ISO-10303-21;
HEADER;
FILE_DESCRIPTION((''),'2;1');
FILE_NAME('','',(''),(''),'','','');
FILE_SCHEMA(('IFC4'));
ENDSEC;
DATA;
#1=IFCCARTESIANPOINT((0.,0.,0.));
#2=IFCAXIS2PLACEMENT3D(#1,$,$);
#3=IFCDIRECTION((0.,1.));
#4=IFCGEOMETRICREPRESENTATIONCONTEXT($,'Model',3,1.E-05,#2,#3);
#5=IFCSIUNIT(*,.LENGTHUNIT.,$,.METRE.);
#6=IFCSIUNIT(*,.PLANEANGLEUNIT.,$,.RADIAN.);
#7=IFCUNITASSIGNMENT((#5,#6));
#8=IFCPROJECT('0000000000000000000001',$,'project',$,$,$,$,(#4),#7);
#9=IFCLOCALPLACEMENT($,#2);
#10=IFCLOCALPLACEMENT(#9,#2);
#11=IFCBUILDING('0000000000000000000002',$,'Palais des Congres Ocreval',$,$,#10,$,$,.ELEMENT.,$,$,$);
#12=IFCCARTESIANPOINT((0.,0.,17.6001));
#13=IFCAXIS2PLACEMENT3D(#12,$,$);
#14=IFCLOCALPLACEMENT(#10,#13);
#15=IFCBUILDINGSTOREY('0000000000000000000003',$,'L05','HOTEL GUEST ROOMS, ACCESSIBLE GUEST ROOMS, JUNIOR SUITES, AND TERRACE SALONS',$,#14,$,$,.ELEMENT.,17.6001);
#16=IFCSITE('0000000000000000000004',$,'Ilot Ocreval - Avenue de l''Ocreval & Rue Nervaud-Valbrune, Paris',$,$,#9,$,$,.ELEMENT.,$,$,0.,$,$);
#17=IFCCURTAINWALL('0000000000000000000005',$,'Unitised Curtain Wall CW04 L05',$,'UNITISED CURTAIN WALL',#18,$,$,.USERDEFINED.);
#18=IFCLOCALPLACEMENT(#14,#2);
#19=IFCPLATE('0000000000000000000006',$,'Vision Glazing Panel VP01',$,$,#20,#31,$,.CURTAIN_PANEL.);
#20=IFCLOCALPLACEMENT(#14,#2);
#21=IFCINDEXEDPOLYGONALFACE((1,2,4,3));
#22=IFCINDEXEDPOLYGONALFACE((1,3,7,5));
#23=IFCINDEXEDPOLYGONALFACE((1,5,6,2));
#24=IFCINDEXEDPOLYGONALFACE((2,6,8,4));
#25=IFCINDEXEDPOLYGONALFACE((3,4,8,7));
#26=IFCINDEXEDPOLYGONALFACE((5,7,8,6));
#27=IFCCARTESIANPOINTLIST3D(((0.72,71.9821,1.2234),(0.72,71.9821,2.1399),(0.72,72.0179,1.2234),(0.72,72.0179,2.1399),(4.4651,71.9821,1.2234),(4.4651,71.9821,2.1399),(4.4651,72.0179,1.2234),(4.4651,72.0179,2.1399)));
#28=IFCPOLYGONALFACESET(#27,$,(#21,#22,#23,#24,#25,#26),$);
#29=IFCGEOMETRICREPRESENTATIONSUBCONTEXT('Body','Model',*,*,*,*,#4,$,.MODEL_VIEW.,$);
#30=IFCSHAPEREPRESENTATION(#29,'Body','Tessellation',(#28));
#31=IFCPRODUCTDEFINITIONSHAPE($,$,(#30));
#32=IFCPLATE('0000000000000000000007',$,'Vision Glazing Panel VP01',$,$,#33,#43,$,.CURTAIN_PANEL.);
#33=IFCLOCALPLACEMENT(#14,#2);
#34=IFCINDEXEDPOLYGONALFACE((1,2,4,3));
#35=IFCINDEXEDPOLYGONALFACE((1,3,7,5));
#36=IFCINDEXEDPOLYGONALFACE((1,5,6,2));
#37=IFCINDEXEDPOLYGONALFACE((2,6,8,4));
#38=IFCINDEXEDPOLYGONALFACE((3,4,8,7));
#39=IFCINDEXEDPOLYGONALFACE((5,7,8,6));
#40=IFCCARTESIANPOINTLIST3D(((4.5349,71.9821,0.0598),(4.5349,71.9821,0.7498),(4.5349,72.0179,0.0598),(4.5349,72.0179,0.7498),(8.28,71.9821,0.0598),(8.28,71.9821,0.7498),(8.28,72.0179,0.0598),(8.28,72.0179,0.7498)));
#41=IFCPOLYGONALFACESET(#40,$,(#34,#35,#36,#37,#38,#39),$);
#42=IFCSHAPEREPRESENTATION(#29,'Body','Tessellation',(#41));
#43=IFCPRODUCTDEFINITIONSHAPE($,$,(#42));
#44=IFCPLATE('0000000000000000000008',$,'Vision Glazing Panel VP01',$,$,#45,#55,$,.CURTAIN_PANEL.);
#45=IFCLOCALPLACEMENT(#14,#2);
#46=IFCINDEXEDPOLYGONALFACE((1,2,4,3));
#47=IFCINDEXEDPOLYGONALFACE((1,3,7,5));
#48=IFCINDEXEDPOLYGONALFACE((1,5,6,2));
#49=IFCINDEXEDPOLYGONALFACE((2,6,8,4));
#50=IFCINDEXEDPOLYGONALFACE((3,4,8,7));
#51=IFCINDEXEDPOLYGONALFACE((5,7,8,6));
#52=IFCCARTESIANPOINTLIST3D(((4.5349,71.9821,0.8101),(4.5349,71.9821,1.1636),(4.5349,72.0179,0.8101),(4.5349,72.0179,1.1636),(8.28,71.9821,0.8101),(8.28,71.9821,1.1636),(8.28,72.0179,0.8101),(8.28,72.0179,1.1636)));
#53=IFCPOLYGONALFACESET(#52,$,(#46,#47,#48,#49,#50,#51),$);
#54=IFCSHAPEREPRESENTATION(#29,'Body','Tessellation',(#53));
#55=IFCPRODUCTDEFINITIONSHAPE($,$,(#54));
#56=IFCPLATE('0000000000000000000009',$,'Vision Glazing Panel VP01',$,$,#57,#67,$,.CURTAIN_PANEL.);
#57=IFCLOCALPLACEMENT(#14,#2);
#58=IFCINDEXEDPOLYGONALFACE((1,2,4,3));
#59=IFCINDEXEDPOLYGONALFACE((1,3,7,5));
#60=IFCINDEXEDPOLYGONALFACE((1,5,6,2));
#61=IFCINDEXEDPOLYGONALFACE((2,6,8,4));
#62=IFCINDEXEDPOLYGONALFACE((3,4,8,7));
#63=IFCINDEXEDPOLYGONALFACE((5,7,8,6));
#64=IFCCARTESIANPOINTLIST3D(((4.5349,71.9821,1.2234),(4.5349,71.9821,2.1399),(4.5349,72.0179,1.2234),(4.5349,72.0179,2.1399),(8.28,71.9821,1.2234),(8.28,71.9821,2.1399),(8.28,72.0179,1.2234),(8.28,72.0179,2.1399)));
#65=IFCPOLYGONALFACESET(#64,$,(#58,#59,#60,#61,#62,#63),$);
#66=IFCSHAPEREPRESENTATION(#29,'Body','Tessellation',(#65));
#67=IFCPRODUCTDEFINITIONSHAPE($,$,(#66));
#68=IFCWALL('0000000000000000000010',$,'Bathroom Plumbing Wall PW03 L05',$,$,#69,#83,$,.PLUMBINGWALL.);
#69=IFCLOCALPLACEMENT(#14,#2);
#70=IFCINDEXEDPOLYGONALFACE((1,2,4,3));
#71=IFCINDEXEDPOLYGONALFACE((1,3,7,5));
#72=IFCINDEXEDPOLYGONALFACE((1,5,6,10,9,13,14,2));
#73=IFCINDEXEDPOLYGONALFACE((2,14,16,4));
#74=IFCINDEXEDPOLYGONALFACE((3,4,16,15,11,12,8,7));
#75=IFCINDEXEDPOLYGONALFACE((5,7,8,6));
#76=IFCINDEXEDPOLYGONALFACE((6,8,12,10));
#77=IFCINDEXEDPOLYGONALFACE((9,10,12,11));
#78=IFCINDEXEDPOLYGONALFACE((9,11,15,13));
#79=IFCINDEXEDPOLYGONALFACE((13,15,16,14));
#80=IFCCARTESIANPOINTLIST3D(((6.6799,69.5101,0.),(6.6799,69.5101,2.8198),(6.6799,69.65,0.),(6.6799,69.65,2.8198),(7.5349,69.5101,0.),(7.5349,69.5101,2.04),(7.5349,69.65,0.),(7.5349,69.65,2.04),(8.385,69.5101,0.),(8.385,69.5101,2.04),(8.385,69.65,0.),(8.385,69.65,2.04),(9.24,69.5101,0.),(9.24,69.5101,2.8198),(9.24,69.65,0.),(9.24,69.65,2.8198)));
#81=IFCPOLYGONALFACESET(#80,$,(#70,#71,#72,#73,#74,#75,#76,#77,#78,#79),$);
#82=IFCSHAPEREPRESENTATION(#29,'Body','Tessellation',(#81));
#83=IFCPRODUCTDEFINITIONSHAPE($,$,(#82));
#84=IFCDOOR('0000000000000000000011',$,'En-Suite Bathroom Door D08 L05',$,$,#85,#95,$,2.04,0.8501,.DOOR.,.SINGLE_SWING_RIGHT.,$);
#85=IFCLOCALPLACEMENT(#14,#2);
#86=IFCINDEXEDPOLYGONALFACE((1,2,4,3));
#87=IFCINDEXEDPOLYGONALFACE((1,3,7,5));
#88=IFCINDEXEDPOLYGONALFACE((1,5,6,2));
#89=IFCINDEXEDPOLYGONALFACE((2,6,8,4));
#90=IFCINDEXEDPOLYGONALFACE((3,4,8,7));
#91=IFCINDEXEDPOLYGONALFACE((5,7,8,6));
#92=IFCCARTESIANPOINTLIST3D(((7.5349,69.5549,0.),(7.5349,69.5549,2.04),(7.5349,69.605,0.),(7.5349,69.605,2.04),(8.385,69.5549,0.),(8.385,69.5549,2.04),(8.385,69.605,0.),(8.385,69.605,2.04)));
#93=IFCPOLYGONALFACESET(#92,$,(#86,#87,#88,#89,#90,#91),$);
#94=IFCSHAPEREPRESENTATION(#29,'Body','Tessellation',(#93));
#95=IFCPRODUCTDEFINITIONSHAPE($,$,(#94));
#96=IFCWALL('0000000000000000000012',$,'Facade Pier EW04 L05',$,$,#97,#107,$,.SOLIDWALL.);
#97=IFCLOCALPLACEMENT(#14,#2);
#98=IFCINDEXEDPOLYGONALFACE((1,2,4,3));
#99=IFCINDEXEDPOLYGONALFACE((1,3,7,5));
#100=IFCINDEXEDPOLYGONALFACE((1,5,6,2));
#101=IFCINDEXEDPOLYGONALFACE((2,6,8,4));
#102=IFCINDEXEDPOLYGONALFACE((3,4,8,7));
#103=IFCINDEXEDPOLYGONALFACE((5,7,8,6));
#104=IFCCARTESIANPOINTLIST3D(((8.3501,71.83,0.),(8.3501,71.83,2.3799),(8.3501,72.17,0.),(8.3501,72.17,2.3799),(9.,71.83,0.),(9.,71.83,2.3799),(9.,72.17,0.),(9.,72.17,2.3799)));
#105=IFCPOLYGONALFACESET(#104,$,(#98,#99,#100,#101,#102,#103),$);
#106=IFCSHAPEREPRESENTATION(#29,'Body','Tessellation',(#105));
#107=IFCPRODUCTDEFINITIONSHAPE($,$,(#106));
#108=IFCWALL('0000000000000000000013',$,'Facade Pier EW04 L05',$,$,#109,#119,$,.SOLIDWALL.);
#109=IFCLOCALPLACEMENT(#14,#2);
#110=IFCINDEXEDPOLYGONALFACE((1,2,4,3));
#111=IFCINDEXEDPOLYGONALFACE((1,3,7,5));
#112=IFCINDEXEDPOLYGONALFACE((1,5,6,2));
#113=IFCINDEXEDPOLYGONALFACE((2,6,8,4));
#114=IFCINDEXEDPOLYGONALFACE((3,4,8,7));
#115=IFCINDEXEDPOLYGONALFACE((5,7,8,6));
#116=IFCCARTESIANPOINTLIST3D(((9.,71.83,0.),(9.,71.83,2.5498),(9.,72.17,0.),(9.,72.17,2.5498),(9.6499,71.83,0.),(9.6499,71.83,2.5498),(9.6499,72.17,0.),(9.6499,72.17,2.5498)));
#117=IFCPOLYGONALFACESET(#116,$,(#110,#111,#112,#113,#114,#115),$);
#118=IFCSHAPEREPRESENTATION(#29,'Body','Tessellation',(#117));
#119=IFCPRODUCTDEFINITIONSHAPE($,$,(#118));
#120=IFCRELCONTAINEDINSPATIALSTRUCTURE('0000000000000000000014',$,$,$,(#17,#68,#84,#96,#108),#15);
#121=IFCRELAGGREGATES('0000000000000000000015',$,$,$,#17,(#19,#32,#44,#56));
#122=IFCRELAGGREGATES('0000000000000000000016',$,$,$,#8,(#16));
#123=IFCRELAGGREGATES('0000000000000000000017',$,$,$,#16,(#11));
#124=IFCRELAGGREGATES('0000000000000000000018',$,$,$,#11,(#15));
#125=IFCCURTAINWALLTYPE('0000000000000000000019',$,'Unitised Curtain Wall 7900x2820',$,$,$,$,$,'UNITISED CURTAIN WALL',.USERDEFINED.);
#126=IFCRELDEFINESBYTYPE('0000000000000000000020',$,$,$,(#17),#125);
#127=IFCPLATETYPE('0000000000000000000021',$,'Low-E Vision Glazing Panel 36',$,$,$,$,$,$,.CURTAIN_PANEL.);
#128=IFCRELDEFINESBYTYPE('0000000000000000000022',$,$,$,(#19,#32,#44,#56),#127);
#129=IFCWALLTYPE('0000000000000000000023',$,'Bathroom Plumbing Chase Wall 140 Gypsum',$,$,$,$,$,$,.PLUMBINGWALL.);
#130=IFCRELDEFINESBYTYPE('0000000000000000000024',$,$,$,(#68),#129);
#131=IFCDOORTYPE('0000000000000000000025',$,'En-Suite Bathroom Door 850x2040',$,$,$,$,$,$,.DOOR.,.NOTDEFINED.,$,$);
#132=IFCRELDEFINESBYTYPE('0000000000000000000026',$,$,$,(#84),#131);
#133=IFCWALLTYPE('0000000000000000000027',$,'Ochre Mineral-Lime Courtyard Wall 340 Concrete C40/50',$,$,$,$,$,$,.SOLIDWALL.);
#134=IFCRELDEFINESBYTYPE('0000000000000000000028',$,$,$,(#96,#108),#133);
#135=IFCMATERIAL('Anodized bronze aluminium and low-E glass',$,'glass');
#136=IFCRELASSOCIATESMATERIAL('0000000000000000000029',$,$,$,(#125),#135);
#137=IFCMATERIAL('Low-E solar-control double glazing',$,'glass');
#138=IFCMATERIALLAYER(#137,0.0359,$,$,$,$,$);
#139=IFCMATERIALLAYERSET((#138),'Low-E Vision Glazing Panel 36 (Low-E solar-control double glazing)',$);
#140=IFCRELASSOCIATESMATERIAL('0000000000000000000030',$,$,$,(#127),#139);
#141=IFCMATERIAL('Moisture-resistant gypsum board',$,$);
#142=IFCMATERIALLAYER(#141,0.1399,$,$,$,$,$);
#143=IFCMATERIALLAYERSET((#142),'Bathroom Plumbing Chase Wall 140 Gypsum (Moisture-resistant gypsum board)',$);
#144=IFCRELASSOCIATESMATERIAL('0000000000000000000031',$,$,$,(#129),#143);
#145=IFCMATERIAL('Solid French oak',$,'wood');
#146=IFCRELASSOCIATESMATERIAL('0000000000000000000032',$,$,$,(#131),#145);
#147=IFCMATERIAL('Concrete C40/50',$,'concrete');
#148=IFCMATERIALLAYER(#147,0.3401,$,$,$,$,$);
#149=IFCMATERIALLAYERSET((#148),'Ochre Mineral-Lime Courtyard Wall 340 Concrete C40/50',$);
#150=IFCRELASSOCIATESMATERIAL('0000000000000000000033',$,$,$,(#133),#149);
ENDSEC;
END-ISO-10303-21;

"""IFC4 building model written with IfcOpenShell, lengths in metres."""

from ifc_helpers import new_model, si_unit, direction, frame, frame_2d, origin, origin_2d, place, context, subcontext, project, spatial, rectangle, extrude, material, layer, layer_set, type_object, element, fill, aggregate, save


model = new_model("IFC4")

# Units and contexts
model_context = context("Model", 3, precision=1e-05, world=origin(), true_north=direction((0.0, 1.0)))
body_context = subcontext(model_context, "Body", "Model", "MODEL_VIEW")
ifc_project = project(units=[si_unit("LENGTHUNIT", "METRE"), si_unit("PLANEANGLEUNIT", "RADIAN")], contexts=[model_context])

# Site, building, storey
site_placement = place(None, origin())
site = spatial("IfcSite", under=ifc_project, at=site_placement, Name="Ilot Ocreval - Avenue de l'Ocreval & Rue Nervaud-Valbrune, Paris", CompositionType="ELEMENT", RefElevation=0.0)
building_placement = place(site_placement, origin())
building = spatial("IfcBuilding", under=site, at=building_placement, Name="Palais des Congres Ocreval", CompositionType="ELEMENT")
storey_placement = place(building_placement, frame((0.0, 0.0, 17.6001)))
storey = spatial("IfcBuildingStorey", under=building, at=storey_placement, Name="L05", Description="HOTEL GUEST ROOMS, ACCESSIBLE GUEST ROOMS, JUNIOR SUITES, AND TERRACE SALONS", CompositionType="ELEMENT", Elevation=17.6001)

# Shared definitions
ifc_material_1 = material(Name="Concrete C40/50", Category="concrete")

# Shared definitions
ifc_material_2 = material(Name="Anodized bronze aluminium and low-E glass", Category="glass")
curtain_wall_type = type_object("IfcCurtainWallType", Name="Unitised Curtain Wall 7900x2820", ElementType="UNITISED CURTAIN WALL", PredefinedType="USERDEFINED", material=ifc_material_2)

# Curtain wall
curtain_wall_1_placement = place(storey_placement, origin())
curtain_wall_1 = element("IfcCurtainWall", 1, at=curtain_wall_1_placement, inside=storey, type_object=curtain_wall_type, Name="Unitised Curtain Wall CW04 L05", ObjectType="UNITISED CURTAIN WALL", PredefinedType="USERDEFINED")

# Plates
ifc_material_3 = material(Name="Low-E solar-control double glazing", Category="glass")
ifc_layer_1 = layer(ifc_material_3, 0.0359)
ifc_layer_set_1 = layer_set([ifc_layer_1], Name="Low-E Vision Glazing Panel 36 (Low-E solar-control double glazing)")
plate_type_1 = type_object("IfcPlateType", Name="Low-E Vision Glazing Panel 36", PredefinedType="CURTAIN_PANEL", material=ifc_layer_set_1)
plate_1_placement = place(storey_placement, frame((2.5925, 72.0, 1.2234), z_axis=(0.0, 0.0, 1.0), x_axis=(1.0, 0.0, 0.0)))
plate_1 = element("IfcPlate", 2, at=plate_1_placement, type_object=plate_type_1, Name="Vision Glazing Panel VP01", PredefinedType="CURTAIN_PANEL", context=body_context, shape_type="SweptSolid", body=[
    extrude(rectangle(XDim=3.7451, YDim=0.0359, at=origin_2d()), origin(), (0.0, 0.0, 1.0), 0.9165),
])
plate_2_placement = place(storey_placement, frame((6.4075, 72.0, 0.0598), z_axis=(0.0, 0.0, 1.0), x_axis=(1.0, 0.0, 0.0)))
plate_2 = element("IfcPlate", 3, at=plate_2_placement, type_object=plate_type_1, Name="Vision Glazing Panel VP01", PredefinedType="CURTAIN_PANEL", context=body_context, shape_type="SweptSolid", body=[
    extrude(rectangle(XDim=3.7451, YDim=0.0359, at=origin_2d()), origin(), (0.0, 0.0, 1.0), 0.6899),
])
plate_3_placement = place(storey_placement, frame((6.4075, 72.0, 0.8101), z_axis=(0.0, 0.0, 1.0), x_axis=(1.0, 0.0, 0.0)))
plate_3 = element("IfcPlate", 4, at=plate_3_placement, type_object=plate_type_1, Name="Vision Glazing Panel VP01", PredefinedType="CURTAIN_PANEL", context=body_context, shape_type="SweptSolid", body=[
    extrude(rectangle(XDim=3.7451, YDim=0.0359, at=origin_2d()), origin(), (0.0, 0.0, 1.0), 0.3535),
])
plate_4_placement = place(storey_placement, frame((6.4075, 72.0, 1.2234), z_axis=(0.0, 0.0, 1.0), x_axis=(1.0, 0.0, 0.0)))
plate_4 = element("IfcPlate", 5, at=plate_4_placement, type_object=plate_type_1, Name="Vision Glazing Panel VP01", PredefinedType="CURTAIN_PANEL", context=body_context, shape_type="SweptSolid", body=[
    extrude(rectangle(XDim=3.7451, YDim=0.0359, at=origin_2d()), origin(), (0.0, 0.0, 1.0), 0.9165),
])
aggregate(curtain_wall_1, [plate_1, plate_2, plate_3, plate_4])

# Wall, opening, door
ifc_material_4 = material(Name="Moisture-resistant gypsum board")
ifc_layer_2 = layer(ifc_material_4, 0.1399)
ifc_layer_set_2 = layer_set([ifc_layer_2], Name="Bathroom Plumbing Chase Wall 140 Gypsum (Moisture-resistant gypsum board)")
wall_type_1 = type_object("IfcWallType", Name="Bathroom Plumbing Chase Wall 140 Gypsum", PredefinedType="PLUMBINGWALL", material=ifc_layer_set_2)
wall_1_placement = place(storey_placement, frame((6.6799, 69.5801, 0.0), z_axis=(0.0, 0.0, 1.0), x_axis=(1.0, 0.0, 0.0)))
wall_1 = element("IfcWall", 6, at=wall_1_placement, inside=storey, type_object=wall_type_1, Name="Bathroom Plumbing Wall PW03 L05", PredefinedType="PLUMBINGWALL", context=body_context, shape_type="SweptSolid", body=[
    extrude(rectangle(XDim=2.5601, YDim=0.1399, at=frame_2d((1.28, 0.0))), origin(), (0.0, 0.0, 1.0), 2.8198),
])
opening_1_placement = place(wall_1_placement, frame((0.855, 0.0, 0.0)))
opening_1 = element("IfcOpeningElement", 7, at=opening_1_placement, cuts=wall_1, PredefinedType="OPENING", context=body_context, shape_type="SweptSolid", body=[
    extrude(rectangle(XDim=0.8501, YDim=2.04, at=frame_2d((0.425, 1.02))), frame((0.0, 0.0798, 0.0), z_axis=(0.0, -1.0, 0.0), x_axis=(1.0, 0.0, 0.0)), (0.0, 0.0, 1.0), 0.1599),
])
ifc_material_5 = material(Name="Solid French oak", Category="wood")
door_type_1 = type_object("IfcDoorType", Name="En-Suite Bathroom Door 850x2040", OperationType="NOTDEFINED", PredefinedType="DOOR", material=ifc_material_5)
door_1_placement = place(opening_1_placement, origin())
door_1 = element("IfcDoor", 8, at=door_1_placement, inside=storey, type_object=door_type_1, Name="En-Suite Bathroom Door D08 L05", OperationType="SINGLE_SWING_RIGHT", OverallHeight=2.04, OverallWidth=0.8501, PredefinedType="DOOR", context=body_context, shape_type="SweptSolid", body=[
    extrude(rectangle(XDim=0.8501, YDim=2.04, at=frame_2d((0.425, 1.02))), frame((0.0, 0.0249, 0.0), z_axis=(0.0, -1.0, 0.0), x_axis=(1.0, 0.0, 0.0)), (0.0, 0.0, 1.0), 0.05),
])
fill(opening_1, door_1)

# Walls
ifc_layer_3 = layer(ifc_material_1, 0.3401)
ifc_layer_set_3 = layer_set([ifc_layer_3], Name="Ochre Mineral-Lime Courtyard Wall 340 Concrete C40/50")
wall_type_2 = type_object("IfcWallType", Name="Ochre Mineral-Lime Courtyard Wall 340 Concrete C40/50", PredefinedType="SOLIDWALL", material=ifc_layer_set_3)
wall_2_placement = place(storey_placement, frame((8.3501, 72.0, 0.0), z_axis=(0.0, 0.0, 1.0), x_axis=(1.0, 0.0, 0.0)))
element("IfcWall", 9, at=wall_2_placement, inside=storey, type_object=wall_type_2, Name="Facade Pier EW04 L05", PredefinedType="SOLIDWALL", context=body_context, shape_type="SweptSolid", body=[
    extrude(rectangle(XDim=0.6499, YDim=0.3401, at=frame_2d((0.325, 0.0))), origin(), (0.0, 0.0, 1.0), 2.3799),
])
wall_3_placement = place(storey_placement, frame((9.0, 72.0, 0.0), z_axis=(0.0, 0.0, 1.0), x_axis=(1.0, 0.0, 0.0)))
element("IfcWall", 10, at=wall_3_placement, inside=storey, type_object=wall_type_2, Name="Facade Pier EW04 L05", PredefinedType="SOLIDWALL", context=body_context, shape_type="SweptSolid", body=[
    extrude(rectangle(XDim=0.6499, YDim=0.3401, at=frame_2d((0.325, 0.0))), origin(), (0.0, 0.0, 1.0), 2.5498),
])

save(model, "model.ifc")
